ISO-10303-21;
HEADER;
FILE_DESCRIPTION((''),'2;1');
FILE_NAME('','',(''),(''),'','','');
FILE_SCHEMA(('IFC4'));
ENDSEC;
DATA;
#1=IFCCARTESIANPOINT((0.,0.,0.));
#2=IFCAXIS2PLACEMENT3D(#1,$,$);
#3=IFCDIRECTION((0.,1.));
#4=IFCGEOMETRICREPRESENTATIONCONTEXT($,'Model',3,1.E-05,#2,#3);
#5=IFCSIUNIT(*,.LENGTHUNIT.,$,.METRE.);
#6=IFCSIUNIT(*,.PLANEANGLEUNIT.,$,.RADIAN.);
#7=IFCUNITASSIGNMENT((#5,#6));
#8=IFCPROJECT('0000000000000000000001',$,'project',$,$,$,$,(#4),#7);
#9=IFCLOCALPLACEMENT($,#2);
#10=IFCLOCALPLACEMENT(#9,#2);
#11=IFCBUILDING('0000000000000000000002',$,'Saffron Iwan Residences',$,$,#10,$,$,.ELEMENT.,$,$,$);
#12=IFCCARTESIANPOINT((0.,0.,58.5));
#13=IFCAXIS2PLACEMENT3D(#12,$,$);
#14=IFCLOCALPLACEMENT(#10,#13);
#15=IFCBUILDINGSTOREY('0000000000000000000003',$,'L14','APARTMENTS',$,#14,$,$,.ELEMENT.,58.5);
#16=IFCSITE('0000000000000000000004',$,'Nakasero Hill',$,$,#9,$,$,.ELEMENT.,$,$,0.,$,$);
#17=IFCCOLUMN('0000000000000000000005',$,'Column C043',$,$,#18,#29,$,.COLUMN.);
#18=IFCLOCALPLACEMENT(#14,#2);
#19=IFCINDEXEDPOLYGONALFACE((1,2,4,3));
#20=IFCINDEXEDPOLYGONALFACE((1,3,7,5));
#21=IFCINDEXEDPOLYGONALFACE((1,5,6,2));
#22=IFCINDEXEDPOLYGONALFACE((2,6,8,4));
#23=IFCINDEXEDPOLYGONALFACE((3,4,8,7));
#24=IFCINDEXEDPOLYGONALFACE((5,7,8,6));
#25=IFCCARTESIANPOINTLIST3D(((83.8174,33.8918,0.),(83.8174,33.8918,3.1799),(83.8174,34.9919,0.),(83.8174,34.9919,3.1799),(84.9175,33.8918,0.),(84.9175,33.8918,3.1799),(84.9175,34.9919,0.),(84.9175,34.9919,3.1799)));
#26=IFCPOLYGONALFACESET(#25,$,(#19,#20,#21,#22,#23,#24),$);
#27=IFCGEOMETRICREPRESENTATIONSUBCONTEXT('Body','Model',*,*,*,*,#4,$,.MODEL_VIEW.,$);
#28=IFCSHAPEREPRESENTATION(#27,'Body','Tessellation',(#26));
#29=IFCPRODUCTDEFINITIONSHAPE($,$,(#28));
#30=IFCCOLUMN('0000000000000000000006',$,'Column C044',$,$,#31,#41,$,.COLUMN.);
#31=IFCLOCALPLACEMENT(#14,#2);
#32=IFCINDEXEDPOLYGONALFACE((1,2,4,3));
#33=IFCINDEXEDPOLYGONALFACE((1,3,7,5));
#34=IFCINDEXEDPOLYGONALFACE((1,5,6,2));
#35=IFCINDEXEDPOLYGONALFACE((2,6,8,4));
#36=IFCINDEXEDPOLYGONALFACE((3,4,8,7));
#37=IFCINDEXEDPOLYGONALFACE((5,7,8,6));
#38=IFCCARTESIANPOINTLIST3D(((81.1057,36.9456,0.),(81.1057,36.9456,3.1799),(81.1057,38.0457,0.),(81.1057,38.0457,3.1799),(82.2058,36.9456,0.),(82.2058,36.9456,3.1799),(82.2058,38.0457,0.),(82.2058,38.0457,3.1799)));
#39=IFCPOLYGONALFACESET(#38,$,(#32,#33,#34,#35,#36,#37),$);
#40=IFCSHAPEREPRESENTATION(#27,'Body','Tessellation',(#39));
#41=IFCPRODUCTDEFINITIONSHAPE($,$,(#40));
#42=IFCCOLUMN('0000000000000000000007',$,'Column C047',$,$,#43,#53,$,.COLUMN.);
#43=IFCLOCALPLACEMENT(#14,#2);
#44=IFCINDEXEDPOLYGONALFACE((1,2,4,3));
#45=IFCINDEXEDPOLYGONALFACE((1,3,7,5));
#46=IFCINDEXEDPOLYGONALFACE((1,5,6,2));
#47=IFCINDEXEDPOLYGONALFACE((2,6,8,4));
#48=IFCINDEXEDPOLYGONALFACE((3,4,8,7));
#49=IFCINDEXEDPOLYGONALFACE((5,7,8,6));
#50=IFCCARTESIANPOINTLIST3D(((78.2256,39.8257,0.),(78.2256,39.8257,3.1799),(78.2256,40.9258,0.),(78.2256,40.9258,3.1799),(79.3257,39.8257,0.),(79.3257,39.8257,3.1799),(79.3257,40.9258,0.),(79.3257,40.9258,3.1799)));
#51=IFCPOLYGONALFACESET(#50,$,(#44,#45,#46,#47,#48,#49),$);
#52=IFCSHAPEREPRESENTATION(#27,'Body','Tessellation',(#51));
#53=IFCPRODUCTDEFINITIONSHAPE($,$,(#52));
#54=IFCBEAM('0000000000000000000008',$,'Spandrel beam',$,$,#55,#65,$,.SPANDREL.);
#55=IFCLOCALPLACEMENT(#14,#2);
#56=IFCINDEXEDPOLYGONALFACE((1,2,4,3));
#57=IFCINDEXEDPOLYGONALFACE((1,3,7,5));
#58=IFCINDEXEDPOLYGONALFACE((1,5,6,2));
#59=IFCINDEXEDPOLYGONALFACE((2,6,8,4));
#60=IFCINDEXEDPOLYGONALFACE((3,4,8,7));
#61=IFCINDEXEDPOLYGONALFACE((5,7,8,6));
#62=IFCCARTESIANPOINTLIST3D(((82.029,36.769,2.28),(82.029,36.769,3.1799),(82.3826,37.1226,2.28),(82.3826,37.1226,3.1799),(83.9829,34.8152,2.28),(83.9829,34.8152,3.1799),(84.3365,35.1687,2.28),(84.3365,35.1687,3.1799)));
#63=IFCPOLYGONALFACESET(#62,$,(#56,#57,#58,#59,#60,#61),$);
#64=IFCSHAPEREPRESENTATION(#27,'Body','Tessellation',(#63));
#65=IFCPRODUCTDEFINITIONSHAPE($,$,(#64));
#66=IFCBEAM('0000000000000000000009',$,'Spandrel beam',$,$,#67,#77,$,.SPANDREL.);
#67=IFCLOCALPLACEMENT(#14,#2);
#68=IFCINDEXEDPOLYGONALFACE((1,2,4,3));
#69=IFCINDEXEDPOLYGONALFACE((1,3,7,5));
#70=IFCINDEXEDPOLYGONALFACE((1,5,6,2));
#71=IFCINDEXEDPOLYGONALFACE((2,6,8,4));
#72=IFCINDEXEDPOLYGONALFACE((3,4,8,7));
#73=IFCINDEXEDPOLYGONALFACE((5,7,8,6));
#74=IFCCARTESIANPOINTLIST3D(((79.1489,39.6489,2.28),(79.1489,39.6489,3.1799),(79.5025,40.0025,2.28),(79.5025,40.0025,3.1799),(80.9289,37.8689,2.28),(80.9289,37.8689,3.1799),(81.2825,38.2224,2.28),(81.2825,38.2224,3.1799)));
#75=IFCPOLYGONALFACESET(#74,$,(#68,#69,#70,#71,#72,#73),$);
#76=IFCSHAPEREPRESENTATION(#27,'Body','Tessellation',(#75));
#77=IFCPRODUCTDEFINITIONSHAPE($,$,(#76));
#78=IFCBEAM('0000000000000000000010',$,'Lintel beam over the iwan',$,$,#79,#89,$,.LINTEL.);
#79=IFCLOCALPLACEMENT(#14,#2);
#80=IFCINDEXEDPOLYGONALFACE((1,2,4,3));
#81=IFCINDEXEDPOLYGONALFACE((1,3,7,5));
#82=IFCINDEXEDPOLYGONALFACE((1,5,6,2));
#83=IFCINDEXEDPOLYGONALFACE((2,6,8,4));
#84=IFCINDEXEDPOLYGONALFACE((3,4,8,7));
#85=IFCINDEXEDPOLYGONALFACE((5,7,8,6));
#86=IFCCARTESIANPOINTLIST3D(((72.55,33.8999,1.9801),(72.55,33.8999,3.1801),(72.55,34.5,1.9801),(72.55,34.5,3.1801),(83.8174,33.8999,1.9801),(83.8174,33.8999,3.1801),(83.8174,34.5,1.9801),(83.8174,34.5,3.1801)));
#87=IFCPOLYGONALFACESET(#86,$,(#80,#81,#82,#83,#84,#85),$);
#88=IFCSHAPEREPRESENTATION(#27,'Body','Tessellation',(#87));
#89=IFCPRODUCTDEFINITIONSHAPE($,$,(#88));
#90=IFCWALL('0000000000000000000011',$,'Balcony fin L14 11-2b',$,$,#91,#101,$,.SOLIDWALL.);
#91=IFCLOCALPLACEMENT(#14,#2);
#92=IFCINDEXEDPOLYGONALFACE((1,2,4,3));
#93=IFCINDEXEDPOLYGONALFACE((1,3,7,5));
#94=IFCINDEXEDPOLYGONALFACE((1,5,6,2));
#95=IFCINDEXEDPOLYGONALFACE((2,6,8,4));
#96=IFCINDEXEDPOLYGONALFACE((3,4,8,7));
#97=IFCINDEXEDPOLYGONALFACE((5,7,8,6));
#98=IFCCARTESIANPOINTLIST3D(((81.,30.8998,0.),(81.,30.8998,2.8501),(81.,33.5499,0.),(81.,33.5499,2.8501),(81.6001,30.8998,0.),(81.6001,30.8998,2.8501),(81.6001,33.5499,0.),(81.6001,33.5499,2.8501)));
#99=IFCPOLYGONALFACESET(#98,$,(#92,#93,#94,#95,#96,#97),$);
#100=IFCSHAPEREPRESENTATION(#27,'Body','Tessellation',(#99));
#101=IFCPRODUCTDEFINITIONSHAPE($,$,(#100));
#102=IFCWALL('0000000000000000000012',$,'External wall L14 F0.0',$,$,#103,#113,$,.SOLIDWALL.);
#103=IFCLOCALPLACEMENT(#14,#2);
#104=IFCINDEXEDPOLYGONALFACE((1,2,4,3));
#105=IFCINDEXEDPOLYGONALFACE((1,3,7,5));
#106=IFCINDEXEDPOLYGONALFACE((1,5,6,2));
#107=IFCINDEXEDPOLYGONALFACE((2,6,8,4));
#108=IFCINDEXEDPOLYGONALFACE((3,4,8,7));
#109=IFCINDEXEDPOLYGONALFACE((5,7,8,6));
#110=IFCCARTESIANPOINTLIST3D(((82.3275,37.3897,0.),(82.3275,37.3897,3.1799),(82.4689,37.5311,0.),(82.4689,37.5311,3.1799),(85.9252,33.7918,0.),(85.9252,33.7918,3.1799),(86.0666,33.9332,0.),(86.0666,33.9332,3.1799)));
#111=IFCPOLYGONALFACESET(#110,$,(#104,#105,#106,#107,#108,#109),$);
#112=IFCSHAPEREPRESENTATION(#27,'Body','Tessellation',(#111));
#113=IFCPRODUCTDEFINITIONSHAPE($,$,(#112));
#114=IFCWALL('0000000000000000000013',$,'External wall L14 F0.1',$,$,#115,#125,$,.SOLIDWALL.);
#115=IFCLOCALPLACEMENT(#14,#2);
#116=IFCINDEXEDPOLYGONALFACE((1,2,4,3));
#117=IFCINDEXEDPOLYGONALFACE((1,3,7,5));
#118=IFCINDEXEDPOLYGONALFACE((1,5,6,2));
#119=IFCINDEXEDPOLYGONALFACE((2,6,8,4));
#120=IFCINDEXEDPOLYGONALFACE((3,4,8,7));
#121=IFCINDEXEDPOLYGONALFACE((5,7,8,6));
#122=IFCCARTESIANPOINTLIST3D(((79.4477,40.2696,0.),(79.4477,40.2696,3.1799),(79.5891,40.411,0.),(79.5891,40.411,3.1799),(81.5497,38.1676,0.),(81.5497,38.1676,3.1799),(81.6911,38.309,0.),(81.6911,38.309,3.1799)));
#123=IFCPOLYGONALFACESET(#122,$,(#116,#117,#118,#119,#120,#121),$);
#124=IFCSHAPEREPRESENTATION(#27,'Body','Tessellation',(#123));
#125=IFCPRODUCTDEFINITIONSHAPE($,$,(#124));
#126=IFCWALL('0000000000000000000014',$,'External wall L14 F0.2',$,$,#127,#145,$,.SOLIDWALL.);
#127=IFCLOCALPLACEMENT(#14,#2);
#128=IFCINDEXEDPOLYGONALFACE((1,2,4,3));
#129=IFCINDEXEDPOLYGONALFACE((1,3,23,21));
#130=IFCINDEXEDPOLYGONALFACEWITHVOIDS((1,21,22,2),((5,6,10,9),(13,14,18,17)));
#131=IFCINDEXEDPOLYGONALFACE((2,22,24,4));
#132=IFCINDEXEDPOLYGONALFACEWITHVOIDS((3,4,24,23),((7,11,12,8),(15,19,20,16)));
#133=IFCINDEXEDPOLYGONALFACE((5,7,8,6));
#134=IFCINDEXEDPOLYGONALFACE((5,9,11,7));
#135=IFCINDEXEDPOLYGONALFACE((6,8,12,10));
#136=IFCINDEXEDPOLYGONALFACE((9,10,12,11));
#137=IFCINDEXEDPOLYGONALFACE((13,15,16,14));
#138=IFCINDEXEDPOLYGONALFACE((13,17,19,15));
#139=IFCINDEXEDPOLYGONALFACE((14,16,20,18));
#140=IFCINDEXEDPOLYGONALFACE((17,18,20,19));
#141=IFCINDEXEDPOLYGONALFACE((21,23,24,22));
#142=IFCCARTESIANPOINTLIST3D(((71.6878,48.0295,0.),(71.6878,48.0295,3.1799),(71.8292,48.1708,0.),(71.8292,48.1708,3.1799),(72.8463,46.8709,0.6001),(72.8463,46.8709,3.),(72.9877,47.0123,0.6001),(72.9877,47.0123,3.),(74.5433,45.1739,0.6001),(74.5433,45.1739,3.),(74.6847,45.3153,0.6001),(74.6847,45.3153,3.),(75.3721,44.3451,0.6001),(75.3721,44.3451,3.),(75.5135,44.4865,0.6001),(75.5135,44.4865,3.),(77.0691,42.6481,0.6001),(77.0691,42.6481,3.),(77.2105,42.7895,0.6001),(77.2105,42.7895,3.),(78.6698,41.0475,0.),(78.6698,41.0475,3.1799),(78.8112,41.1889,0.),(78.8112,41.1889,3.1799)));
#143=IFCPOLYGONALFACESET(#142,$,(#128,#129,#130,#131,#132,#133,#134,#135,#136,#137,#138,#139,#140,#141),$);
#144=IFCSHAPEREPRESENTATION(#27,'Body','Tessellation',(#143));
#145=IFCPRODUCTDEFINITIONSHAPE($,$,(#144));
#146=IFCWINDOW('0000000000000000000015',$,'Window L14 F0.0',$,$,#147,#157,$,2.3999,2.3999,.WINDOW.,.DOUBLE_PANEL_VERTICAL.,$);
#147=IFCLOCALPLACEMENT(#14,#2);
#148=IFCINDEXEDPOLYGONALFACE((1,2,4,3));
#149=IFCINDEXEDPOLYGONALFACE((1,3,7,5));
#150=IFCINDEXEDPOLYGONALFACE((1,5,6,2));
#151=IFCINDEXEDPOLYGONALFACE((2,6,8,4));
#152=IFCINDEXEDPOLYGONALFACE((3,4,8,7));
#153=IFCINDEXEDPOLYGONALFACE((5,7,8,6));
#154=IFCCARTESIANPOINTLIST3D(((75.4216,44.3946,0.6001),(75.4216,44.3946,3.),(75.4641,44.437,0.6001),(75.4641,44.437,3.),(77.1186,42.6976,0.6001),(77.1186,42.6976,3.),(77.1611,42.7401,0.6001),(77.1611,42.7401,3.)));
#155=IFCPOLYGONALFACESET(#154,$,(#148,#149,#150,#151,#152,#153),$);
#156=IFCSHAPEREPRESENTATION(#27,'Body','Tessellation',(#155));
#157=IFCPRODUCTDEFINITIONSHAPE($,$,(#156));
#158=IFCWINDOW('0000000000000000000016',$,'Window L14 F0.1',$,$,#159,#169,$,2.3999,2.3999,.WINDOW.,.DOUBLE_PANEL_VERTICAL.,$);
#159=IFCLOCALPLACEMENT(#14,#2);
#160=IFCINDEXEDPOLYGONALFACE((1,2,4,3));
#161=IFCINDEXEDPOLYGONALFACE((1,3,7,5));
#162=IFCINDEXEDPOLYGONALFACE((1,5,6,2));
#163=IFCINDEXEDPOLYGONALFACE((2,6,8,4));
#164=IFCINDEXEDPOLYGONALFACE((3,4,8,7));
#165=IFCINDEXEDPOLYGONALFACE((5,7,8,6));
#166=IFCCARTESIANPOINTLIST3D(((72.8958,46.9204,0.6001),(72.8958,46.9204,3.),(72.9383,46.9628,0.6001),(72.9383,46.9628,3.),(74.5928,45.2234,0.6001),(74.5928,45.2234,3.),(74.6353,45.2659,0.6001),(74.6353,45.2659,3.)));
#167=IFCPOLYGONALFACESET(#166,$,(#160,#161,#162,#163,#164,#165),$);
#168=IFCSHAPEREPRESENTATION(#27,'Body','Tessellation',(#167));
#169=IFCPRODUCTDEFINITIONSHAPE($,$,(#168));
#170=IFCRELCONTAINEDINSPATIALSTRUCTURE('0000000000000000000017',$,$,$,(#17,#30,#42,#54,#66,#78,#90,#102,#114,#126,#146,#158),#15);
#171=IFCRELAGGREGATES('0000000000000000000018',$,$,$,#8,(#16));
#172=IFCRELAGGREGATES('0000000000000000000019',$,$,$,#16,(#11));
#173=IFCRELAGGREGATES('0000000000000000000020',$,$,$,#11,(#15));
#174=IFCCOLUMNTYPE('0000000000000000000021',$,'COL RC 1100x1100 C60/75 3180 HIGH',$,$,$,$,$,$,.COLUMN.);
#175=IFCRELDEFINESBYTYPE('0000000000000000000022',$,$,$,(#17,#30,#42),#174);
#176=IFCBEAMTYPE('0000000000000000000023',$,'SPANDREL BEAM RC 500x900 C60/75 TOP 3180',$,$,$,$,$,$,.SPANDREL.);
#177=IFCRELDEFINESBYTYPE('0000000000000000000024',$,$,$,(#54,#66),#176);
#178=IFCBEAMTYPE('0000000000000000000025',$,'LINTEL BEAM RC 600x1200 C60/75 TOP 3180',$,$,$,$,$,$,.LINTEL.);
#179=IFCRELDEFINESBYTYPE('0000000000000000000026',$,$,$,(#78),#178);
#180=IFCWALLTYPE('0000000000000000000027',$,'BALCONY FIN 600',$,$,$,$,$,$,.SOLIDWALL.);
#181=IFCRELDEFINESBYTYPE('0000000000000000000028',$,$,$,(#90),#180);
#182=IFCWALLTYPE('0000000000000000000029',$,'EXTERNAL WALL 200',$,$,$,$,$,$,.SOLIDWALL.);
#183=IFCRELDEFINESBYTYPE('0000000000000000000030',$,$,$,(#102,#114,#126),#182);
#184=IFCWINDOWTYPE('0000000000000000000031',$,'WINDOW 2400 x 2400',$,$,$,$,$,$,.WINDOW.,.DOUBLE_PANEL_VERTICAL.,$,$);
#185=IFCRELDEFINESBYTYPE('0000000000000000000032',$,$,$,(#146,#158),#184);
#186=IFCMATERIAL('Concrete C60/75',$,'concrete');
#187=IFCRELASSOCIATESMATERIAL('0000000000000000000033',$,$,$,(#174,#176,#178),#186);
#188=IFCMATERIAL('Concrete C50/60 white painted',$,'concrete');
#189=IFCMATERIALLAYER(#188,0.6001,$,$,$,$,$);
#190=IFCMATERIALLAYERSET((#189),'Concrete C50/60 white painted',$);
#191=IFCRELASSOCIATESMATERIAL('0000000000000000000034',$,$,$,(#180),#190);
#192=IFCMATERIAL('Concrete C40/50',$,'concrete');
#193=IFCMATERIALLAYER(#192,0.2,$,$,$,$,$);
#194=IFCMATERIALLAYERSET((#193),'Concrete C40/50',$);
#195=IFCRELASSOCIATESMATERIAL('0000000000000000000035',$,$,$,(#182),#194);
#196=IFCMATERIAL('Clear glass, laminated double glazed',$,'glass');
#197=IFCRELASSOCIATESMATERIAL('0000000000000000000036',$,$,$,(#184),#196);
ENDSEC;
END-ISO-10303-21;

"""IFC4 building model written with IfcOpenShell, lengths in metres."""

from ifc_helpers import new_model, si_unit, direction, frame, frame_2d, origin, origin_2d, place, context, subcontext, project, spatial, rectangle, extrude, source, transform, mapped, material, layer, layer_set, material_profile, profile_set, type_object, element, fill, save


model = new_model("IFC4")

# Units and contexts
model_context = context("Model", 3, precision=1e-05, world=origin(), true_north=direction((0.0, 1.0)))
body_context = subcontext(model_context, "Body", "Model", "MODEL_VIEW")
ifc_project = project(units=[si_unit("LENGTHUNIT", "METRE"), si_unit("PLANEANGLEUNIT", "RADIAN")], contexts=[model_context])

# Site, building, storey
site_placement = place(None, origin())
site = spatial("IfcSite", under=ifc_project, at=site_placement, Name="Nakasero Hill", CompositionType="ELEMENT", RefElevation=0.0)
building_placement = place(site_placement, origin())
building = spatial("IfcBuilding", under=site, at=building_placement, Name="Saffron Iwan Residences", CompositionType="ELEMENT")
storey_placement = place(building_placement, frame((0.0, 0.0, 58.5)))
storey = spatial("IfcBuildingStorey", under=building, at=storey_placement, Name="L14", Description="APARTMENTS", CompositionType="ELEMENT", Elevation=58.5)

# Columns
ifc_material_1 = material(Name="Concrete C60/75", Category="concrete")
ifc_material_profile_1 = material_profile(ifc_material_1, rectangle(XDim=1.1001, YDim=1.1001, at=origin_2d()), Name="RC 1100x1100")
ifc_profile_set_1 = profile_set([ifc_material_profile_1], Name="Concrete C60/75")
column_type = type_object("IfcColumnType", Name="COL RC 1100x1100 C60/75 3180 HIGH", PredefinedType="COLUMN", material=ifc_profile_set_1)
shared_shape_1 = source(origin(), body_context, "Body", "SweptSolid", [
    extrude(rectangle(XDim=1.1001, YDim=1.1001, at=origin_2d()), origin(), (0.0, 0.0, 1.0), 3.1799),
])
for number, where, z_axis, x_axis, name in (
    (1, (84.3674, 34.4419, 0.0), (0.0, 0.0, 1.0), (1.0, 0.0, 0.0), "Column C043"),
    (2, (81.6558, 37.4956, 0.0), (0.0, 0.0, 1.0), (1.0, 0.0, 0.0), "Column C044"),
    (3, (78.7756, 40.3757, 0.0), (0.0, 0.0, 1.0), (1.0, 0.0, 0.0), "Column C047"),
):
    element("IfcColumn", number, at=place(storey_placement, frame(where, z_axis=z_axis, x_axis=x_axis)), inside=storey, type_object=column_type, Name=name, PredefinedType="COLUMN", context=body_context, shape_type="MappedRepresentation", body=[
        mapped(shared_shape_1, transform((0.0, 0.0, 0.0))),
    ])

# Beams
ifc_material_profile_2 = material_profile(ifc_material_1, rectangle(XDim=0.5, YDim=0.8999, at=origin_2d()), Name="RC 500x900")
ifc_profile_set_2 = profile_set([ifc_material_profile_2], Name="Concrete C60/75")
beam_type_1 = type_object("IfcBeamType", Name="SPANDREL BEAM RC 500x900 C60/75 TOP 3180", PredefinedType="SPANDREL", material=ifc_profile_set_2)
shared_shape_2 = source(origin(), body_context, "Body", "SweptSolid", [
    extrude(rectangle(XDim=0.5, YDim=0.8999, at=origin_2d()), origin(), (0.0, 0.0, 1.0), 2.7632),
])
beam_1_placement = place(storey_placement, frame((82.2058, 36.9458, 2.73), z_axis=(0.707107, -0.707107, 0.0), x_axis=(0.707107, 0.707107, 0.0)))
element("IfcBeam", 4, at=beam_1_placement, inside=storey, type_object=beam_type_1, Name="Spandrel beam", PredefinedType="SPANDREL", context=body_context, shape_type="MappedRepresentation", body=[
    mapped(shared_shape_2, transform((0.0, 0.0, 0.0))),
])
shared_shape_3 = source(origin(), body_context, "Body", "SweptSolid", [
    extrude(rectangle(XDim=0.5, YDim=0.8999, at=origin_2d()), origin(), (0.0, 0.0, 1.0), 2.5173),
])
beam_2_placement = place(storey_placement, frame((79.3257, 39.8257, 2.73), z_axis=(0.707107, -0.707107, 0.0), x_axis=(0.707107, 0.707107, 0.0)))
element("IfcBeam", 5, at=beam_2_placement, inside=storey, type_object=beam_type_1, Name="Spandrel beam", PredefinedType="SPANDREL", context=body_context, shape_type="MappedRepresentation", body=[
    mapped(shared_shape_3, transform((0.0, 0.0, 0.0))),
])
ifc_material_profile_3 = material_profile(ifc_material_1, rectangle(XDim=0.6001, YDim=1.2, at=origin_2d()), Name="RC 600x1200")
ifc_profile_set_3 = profile_set([ifc_material_profile_3], Name="Concrete C60/75")
beam_type_2 = type_object("IfcBeamType", Name="LINTEL BEAM RC 600x1200 C60/75 TOP 3180", PredefinedType="LINTEL", material=ifc_profile_set_3)
shared_shape_4 = source(origin(), body_context, "Body", "SweptSolid", [
    extrude(rectangle(XDim=0.6001, YDim=1.2, at=origin_2d()), origin(), (0.0, 0.0, 1.0), 11.2673),
])
beam_3_placement = place(storey_placement, frame((83.8174, 34.2, 2.5801), z_axis=(-1.0, 0.0, 0.0), x_axis=(0.0, -1.0, 0.0)))
element("IfcBeam", 6, at=beam_3_placement, inside=storey, type_object=beam_type_2, Name="Lintel beam over the iwan", PredefinedType="LINTEL", context=body_context, shape_type="MappedRepresentation", body=[
    mapped(shared_shape_4, transform((0.0, 0.0, 0.0))),
])

# Walls
ifc_material_2 = material(Name="Concrete C50/60 white painted", Category="concrete")
ifc_layer_1 = layer(ifc_material_2, 0.6001)
ifc_layer_set_1 = layer_set([ifc_layer_1], Name="Concrete C50/60 white painted")
wall_type_1 = type_object("IfcWallType", Name="BALCONY FIN 600", PredefinedType="SOLIDWALL", material=ifc_layer_set_1)
wall_1_placement = place(storey_placement, frame((81.3, 33.55, 0.0), z_axis=(0.0, 0.0, 1.0), x_axis=(0.0, -1.0, 0.0)))
element("IfcWall", 7, at=wall_1_placement, inside=storey, type_object=wall_type_1, Name="Balcony fin L14 11-2b", PredefinedType="SOLIDWALL", context=body_context, shape_type="SweptSolid", body=[
    extrude(rectangle(XDim=2.6501, YDim=0.6001, at=frame_2d((1.3252, 0.0))), origin(), (0.0, 0.0, 1.0), 2.8501),
])
ifc_material_3 = material(Name="Concrete C40/50", Category="concrete")
ifc_layer_2 = layer(ifc_material_3, 0.2)
ifc_layer_set_2 = layer_set([ifc_layer_2], Name="Concrete C40/50")
wall_type_2 = type_object("IfcWallType", Name="EXTERNAL WALL 200", PredefinedType="SOLIDWALL", material=ifc_layer_set_2)
wall_2_placement = place(storey_placement, frame((85.9958, 33.8625, 0.0), z_axis=(0.0, 0.0, 1.0), x_axis=(-0.707083, 0.707131, 0.0)))
element("IfcWall", 8, at=wall_2_placement, inside=storey, type_object=wall_type_2, Name="External wall L14 F0.0", PredefinedType="SOLIDWALL", context=body_context, shape_type="SweptSolid", body=[
    extrude(rectangle(XDim=5.0881, YDim=0.2, at=frame_2d((2.5439, 0.0))), origin(), (0.0, 0.0, 1.0), 3.1799),
])
wall_3_placement = place(storey_placement, frame((81.6204, 38.2383, 0.0), z_axis=(0.0, 0.0, 1.0), x_axis=(-0.707107, 0.707107, 0.0)))
element("IfcWall", 9, at=wall_3_placement, inside=storey, type_object=wall_type_2, Name="External wall L14 F0.1", PredefinedType="SOLIDWALL", context=body_context, shape_type="SweptSolid", body=[
    extrude(rectangle(XDim=2.9727, YDim=0.2, at=frame_2d((1.4863, 0.0))), origin(), (0.0, 0.0, 1.0), 3.1799),
])

# Wall, openings, windows
wall_4_placement = place(storey_placement, frame((78.7405, 41.1182, 0.0), z_axis=(0.0, 0.0, 1.0), x_axis=(-0.707107, 0.707107, 0.0)))
wall_4 = element("IfcWall", 10, at=wall_4_placement, inside=storey, type_object=wall_type_2, Name="External wall L14 F0.2", PredefinedType="SOLIDWALL", context=body_context, shape_type="SweptSolid", body=[
    extrude(rectangle(XDim=9.874, YDim=0.2, at=frame_2d((4.937, 0.0))), origin(), (0.0, 0.0, 1.0), 3.1799),
])
opening_1_placement = place(wall_4_placement, frame((2.2637, 0.0, 0.6001)))
opening_1 = element("IfcOpeningElement", 11, at=opening_1_placement, cuts=wall_4, PredefinedType="OPENING", context=body_context, shape_type="SweptSolid", body=[
    extrude(rectangle(XDim=2.3999, YDim=2.3999, at=frame_2d((1.2, 1.2))), frame((0.0, 0.1099, 0.0), z_axis=(0.0, -1.0, 0.0), x_axis=(1.0, 0.0, 0.0)), (0.0, 0.0, 1.0), 0.22),
])
opening_2_placement = place(wall_4_placement, frame((5.8357, 0.0, 0.6001)))
opening_2 = element("IfcOpeningElement", 12, at=opening_2_placement, cuts=wall_4, PredefinedType="OPENING", context=body_context, shape_type="SweptSolid", body=[
    extrude(rectangle(XDim=2.3999, YDim=2.3999, at=frame_2d((1.2, 1.2))), frame((0.0, 0.1099, 0.0), z_axis=(0.0, -1.0, 0.0), x_axis=(1.0, 0.0, 0.0)), (0.0, 0.0, 1.0), 0.22),
])
ifc_material_4 = material(Name="Clear glass, laminated double glazed", Category="glass")
window_type = type_object("IfcWindowType", Name="WINDOW 2400 x 2400", PartitioningType="DOUBLE_PANEL_VERTICAL", PredefinedType="WINDOW", material=ifc_material_4)
window_1_placement = place(opening_1_placement, origin())
window_1 = element("IfcWindow", 13, at=window_1_placement, inside=storey, type_object=window_type, Name="Window L14 F0.0", OverallHeight=2.3999, OverallWidth=2.3999, PartitioningType="DOUBLE_PANEL_VERTICAL", PredefinedType="WINDOW", context=body_context, shape_type="SweptSolid", body=[
    extrude(rectangle(XDim=2.3999, YDim=2.3999, at=frame_2d((1.2, 1.2))), frame((0.0, 0.03, 0.0), z_axis=(0.0, -1.0, 0.0), x_axis=(1.0, 0.0, 0.0)), (0.0, 0.0, 1.0), 0.0601),
])
fill(opening_1, window_1)
window_2_placement = place(opening_2_placement, origin())
window_2 = element("IfcWindow", 14, at=window_2_placement, inside=storey, type_object=window_type, Name="Window L14 F0.1", OverallHeight=2.3999, OverallWidth=2.3999, PartitioningType="DOUBLE_PANEL_VERTICAL", PredefinedType="WINDOW", context=body_context, shape_type="SweptSolid", body=[
    extrude(rectangle(XDim=2.3999, YDim=2.3999, at=frame_2d((1.2, 1.2))), frame((0.0, 0.03, 0.0), z_axis=(0.0, -1.0, 0.0), x_axis=(1.0, 0.0, 0.0)), (0.0, 0.0, 1.0), 0.0601),
])
fill(opening_2, window_2)

save(model, "model.ifc")
